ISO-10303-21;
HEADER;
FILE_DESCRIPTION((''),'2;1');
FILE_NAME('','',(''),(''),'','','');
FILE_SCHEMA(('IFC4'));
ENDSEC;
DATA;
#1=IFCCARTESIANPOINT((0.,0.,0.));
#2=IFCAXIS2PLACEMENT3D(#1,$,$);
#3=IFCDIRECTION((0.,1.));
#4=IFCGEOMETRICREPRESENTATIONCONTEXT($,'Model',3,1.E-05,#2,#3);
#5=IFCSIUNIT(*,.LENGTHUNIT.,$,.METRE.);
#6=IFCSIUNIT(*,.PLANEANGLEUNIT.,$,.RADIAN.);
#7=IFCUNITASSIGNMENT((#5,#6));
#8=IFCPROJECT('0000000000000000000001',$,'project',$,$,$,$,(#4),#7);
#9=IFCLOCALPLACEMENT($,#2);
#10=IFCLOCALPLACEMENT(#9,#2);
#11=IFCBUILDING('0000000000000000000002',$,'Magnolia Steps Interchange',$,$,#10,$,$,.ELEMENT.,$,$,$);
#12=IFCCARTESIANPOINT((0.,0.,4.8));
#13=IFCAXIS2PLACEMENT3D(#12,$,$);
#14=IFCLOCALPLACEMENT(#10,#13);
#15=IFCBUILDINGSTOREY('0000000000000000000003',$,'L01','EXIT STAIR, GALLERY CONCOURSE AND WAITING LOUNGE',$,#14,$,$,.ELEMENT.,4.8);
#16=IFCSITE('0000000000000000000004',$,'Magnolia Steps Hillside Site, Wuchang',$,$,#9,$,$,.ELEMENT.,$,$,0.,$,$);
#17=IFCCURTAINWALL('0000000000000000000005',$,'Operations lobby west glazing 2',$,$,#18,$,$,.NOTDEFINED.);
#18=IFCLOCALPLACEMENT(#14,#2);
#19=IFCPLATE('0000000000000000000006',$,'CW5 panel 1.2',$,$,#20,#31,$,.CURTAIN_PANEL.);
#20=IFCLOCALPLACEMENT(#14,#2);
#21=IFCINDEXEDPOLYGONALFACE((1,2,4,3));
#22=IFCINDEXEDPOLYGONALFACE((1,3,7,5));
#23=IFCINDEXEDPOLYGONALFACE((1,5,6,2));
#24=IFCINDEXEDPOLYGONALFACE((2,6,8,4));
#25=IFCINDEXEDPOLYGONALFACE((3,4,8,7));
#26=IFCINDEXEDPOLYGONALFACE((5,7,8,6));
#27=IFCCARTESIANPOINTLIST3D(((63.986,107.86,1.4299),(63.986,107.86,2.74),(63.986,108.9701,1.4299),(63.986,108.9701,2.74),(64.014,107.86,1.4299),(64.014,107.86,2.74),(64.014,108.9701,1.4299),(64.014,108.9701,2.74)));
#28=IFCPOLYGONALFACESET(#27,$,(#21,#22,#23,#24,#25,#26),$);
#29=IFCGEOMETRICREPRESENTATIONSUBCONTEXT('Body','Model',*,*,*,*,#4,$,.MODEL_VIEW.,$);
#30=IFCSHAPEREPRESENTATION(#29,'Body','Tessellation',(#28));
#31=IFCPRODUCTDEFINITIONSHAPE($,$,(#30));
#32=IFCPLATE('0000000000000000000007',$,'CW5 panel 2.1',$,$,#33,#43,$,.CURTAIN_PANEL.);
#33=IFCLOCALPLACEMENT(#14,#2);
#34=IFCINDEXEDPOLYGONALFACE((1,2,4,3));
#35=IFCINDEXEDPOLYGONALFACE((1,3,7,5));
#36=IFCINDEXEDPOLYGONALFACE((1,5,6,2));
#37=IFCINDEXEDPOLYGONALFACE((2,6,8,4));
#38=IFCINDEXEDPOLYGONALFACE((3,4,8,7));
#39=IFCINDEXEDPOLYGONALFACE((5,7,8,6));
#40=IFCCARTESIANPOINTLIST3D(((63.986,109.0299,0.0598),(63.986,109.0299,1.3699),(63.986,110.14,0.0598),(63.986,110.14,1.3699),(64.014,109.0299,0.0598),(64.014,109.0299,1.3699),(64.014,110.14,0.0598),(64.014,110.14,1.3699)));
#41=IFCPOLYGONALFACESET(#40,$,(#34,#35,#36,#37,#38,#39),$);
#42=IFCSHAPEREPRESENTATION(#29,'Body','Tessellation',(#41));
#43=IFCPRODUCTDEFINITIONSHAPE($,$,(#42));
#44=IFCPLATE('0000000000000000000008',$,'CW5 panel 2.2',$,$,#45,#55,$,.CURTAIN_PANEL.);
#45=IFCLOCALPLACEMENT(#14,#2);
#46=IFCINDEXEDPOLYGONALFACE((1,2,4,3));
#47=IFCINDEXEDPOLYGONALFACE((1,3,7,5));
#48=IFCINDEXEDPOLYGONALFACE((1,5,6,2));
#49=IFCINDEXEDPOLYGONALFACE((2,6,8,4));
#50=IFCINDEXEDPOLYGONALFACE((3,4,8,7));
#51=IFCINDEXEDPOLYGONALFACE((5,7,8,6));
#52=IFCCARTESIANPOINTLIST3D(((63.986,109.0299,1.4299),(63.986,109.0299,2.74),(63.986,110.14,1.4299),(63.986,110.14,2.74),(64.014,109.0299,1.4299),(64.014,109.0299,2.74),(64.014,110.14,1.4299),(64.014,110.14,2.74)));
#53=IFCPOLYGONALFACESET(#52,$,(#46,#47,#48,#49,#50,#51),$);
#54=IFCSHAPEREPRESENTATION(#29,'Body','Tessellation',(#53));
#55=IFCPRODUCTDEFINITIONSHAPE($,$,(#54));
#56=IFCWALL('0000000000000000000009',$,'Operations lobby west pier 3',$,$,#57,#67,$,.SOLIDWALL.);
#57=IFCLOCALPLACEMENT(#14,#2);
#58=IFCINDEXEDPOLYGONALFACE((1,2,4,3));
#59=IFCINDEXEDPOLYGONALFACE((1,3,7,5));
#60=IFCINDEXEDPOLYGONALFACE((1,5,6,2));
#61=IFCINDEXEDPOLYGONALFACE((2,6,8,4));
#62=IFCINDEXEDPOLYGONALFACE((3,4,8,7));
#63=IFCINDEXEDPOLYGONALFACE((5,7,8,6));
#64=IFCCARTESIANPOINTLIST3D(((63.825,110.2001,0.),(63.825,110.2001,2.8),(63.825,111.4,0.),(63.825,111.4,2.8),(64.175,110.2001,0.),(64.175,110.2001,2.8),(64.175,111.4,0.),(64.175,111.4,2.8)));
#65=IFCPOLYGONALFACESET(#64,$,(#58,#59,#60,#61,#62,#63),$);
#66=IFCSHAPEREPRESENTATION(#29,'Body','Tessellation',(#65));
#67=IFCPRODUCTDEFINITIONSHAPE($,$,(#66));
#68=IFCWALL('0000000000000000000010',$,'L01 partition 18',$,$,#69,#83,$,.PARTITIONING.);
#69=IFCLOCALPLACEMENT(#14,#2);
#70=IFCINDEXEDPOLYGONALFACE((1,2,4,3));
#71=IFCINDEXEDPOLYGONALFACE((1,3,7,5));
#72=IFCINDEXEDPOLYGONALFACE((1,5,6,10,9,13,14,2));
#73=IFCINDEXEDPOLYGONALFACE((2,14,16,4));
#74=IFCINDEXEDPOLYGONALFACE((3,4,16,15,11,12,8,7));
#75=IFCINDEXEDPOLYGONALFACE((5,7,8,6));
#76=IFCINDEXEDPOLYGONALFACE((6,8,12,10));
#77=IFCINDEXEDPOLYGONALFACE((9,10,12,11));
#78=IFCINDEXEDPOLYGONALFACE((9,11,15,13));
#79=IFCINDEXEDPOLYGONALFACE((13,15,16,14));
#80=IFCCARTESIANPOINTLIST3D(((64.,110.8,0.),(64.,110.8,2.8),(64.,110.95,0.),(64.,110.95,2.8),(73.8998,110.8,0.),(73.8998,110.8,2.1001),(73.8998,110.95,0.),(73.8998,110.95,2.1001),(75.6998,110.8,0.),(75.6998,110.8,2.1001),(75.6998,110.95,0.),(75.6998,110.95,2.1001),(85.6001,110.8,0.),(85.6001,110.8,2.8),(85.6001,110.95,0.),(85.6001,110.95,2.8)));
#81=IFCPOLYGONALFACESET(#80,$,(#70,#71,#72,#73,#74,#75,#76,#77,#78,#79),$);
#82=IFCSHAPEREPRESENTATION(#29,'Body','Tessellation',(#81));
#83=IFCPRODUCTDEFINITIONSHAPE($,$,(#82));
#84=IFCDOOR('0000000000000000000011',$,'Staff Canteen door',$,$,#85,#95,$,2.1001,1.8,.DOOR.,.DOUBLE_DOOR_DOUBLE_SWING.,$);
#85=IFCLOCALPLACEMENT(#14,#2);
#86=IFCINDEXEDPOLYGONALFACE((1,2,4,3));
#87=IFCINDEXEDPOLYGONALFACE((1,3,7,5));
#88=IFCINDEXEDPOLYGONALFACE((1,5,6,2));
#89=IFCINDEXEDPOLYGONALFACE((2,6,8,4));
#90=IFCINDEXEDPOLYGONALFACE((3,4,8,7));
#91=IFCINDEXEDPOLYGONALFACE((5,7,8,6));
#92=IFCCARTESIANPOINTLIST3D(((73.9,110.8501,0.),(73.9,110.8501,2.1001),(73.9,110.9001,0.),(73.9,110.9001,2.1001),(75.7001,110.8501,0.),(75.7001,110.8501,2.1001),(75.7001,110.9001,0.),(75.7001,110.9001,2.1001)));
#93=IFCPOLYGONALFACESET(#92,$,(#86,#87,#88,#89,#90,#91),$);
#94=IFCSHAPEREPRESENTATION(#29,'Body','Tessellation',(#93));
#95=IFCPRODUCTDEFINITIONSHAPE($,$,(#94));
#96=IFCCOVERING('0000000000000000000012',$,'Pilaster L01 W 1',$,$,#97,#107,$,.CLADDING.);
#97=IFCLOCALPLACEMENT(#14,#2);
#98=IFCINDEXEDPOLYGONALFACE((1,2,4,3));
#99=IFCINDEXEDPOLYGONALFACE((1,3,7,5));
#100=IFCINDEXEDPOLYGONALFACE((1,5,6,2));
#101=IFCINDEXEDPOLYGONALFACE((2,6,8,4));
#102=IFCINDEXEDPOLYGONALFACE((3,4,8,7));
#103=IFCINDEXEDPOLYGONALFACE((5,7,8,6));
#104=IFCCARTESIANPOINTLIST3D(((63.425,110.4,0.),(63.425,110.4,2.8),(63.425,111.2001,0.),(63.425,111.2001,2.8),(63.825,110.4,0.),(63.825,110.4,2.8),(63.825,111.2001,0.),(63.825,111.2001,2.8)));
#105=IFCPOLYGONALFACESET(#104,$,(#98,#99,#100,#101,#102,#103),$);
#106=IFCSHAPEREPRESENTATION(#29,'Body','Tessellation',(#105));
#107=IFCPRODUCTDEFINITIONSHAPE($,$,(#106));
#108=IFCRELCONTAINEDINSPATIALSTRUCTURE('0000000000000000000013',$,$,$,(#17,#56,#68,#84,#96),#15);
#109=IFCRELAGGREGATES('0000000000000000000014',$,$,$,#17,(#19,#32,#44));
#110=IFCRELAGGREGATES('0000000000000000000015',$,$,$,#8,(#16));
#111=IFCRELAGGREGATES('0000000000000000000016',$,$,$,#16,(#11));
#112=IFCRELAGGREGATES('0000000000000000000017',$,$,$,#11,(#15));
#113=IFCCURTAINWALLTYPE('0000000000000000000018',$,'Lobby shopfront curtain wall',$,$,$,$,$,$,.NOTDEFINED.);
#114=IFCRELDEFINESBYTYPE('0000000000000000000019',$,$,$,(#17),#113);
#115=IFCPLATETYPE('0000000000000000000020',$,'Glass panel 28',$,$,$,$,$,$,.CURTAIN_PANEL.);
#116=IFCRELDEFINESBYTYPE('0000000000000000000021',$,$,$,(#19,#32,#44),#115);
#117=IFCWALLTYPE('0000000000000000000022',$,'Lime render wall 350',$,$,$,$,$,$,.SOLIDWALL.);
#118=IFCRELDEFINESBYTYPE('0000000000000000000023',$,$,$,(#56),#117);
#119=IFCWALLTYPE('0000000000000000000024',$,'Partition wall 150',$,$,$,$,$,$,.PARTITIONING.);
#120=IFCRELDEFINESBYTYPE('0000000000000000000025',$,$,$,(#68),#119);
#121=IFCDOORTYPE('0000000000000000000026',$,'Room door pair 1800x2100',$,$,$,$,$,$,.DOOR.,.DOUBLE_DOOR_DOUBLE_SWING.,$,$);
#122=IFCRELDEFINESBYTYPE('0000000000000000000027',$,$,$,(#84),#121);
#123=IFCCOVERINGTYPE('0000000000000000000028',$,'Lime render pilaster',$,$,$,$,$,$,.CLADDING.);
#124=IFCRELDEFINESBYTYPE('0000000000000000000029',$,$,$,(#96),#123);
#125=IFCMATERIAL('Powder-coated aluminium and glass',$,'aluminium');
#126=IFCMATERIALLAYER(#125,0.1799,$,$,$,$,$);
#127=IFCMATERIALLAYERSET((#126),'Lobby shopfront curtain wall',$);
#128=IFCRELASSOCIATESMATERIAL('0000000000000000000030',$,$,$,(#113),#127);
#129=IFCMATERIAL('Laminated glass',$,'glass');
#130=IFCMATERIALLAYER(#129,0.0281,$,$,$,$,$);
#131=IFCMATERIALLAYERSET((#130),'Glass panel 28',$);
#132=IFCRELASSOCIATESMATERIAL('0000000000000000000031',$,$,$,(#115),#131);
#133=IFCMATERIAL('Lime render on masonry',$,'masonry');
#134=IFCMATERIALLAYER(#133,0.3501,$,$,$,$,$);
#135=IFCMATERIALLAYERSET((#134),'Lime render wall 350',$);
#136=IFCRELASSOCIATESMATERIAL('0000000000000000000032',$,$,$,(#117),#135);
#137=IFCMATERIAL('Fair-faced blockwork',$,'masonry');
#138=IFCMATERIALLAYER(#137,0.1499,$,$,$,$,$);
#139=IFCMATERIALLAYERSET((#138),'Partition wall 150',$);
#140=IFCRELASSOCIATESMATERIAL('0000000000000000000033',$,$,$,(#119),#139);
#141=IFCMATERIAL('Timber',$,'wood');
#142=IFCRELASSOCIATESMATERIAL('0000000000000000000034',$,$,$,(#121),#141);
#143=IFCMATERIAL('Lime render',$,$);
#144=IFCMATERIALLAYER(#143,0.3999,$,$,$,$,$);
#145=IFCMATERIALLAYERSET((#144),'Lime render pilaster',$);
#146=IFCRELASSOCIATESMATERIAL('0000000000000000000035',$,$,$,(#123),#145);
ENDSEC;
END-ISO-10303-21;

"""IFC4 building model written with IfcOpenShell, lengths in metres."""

from ifc_helpers import new_model, si_unit, direction, frame, frame_2d, origin, origin_2d, place, context, subcontext, project, spatial, rectangle, extrude, material, layer, layer_set, type_object, element, fill, aggregate, save


model = new_model("IFC4")

# Units and contexts
model_context = context("Model", 3, precision=1e-05, world=origin(), true_north=direction((0.0, 1.0)))
body_context = subcontext(model_context, "Body", "Model", "MODEL_VIEW")
ifc_project = project(units=[si_unit("LENGTHUNIT", "METRE"), si_unit("PLANEANGLEUNIT", "RADIAN")], contexts=[model_context])

# Site, building, storey
site_placement = place(None, origin())
site = spatial("IfcSite", under=ifc_project, at=site_placement, Name="Magnolia Steps Hillside Site, Wuchang", CompositionType="ELEMENT", RefElevation=0.0)
building_placement = place(site_placement, origin())
building = spatial("IfcBuilding", under=site, at=building_placement, Name="Magnolia Steps Interchange", CompositionType="ELEMENT")
storey_placement = place(building_placement, frame((0.0, 0.0, 4.8)))
storey = spatial("IfcBuildingStorey", under=building, at=storey_placement, Name="L01", Description="EXIT STAIR, GALLERY CONCOURSE AND WAITING LOUNGE", CompositionType="ELEMENT", Elevation=4.8)

# Curtain wall
ifc_material_1 = material(Name="Powder-coated aluminium and glass", Category="aluminium")
ifc_layer_1 = layer(ifc_material_1, 0.1799)
ifc_layer_set_1 = layer_set([ifc_layer_1], Name="Lobby shopfront curtain wall")
curtain_wall_type = type_object("IfcCurtainWallType", Name="Lobby shopfront curtain wall", PredefinedType="NOTDEFINED", material=ifc_layer_set_1)
curtain_wall_1_placement = place(storey_placement, origin())
curtain_wall_1 = element("IfcCurtainWall", 1, at=curtain_wall_1_placement, inside=storey, type_object=curtain_wall_type, Name="Operations lobby west glazing 2", PredefinedType="NOTDEFINED")

# Plates
ifc_material_2 = material(Name="Laminated glass", Category="glass")
ifc_layer_2 = layer(ifc_material_2, 0.0281)
ifc_layer_set_2 = layer_set([ifc_layer_2], Name="Glass panel 28")
plate_type = type_object("IfcPlateType", Name="Glass panel 28", PredefinedType="CURTAIN_PANEL", material=ifc_layer_set_2)
plate_1_placement = place(storey_placement, frame((64.0, 108.415, 1.4299), z_axis=(0.0, 0.0, 1.0), x_axis=(0.0, 1.0, 0.0)))
plate_1 = element("IfcPlate", 2, at=plate_1_placement, type_object=plate_type, Name="CW5 panel 1.2", PredefinedType="CURTAIN_PANEL", context=body_context, shape_type="SweptSolid", body=[
    extrude(rectangle(XDim=1.1101, YDim=0.0281, at=origin_2d()), origin(), (0.0, 0.0, 1.0), 1.3101),
])
plate_2_placement = place(storey_placement, frame((64.0, 109.585, 0.0598), z_axis=(0.0, 0.0, 1.0), x_axis=(0.0, 1.0, 0.0)))
plate_2 = element("IfcPlate", 3, at=plate_2_placement, type_object=plate_type, Name="CW5 panel 2.1", PredefinedType="CURTAIN_PANEL", context=body_context, shape_type="SweptSolid", body=[
    extrude(rectangle(XDim=1.1101, YDim=0.0281, at=origin_2d()), origin(), (0.0, 0.0, 1.0), 1.3101),
])
plate_3_placement = place(storey_placement, frame((64.0, 109.585, 1.4299), z_axis=(0.0, 0.0, 1.0), x_axis=(0.0, 1.0, 0.0)))
plate_3 = element("IfcPlate", 4, at=plate_3_placement, type_object=plate_type, Name="CW5 panel 2.2", PredefinedType="CURTAIN_PANEL", context=body_context, shape_type="SweptSolid", body=[
    extrude(rectangle(XDim=1.1101, YDim=0.0281, at=origin_2d()), origin(), (0.0, 0.0, 1.0), 1.3101),
])
aggregate(curtain_wall_1, [plate_1, plate_2, plate_3])

# Wall
ifc_material_3 = material(Name="Lime render on masonry", Category="masonry")
ifc_layer_3 = layer(ifc_material_3, 0.3501)
ifc_layer_set_3 = layer_set([ifc_layer_3], Name="Lime render wall 350")
wall_type_1 = type_object("IfcWallType", Name="Lime render wall 350", PredefinedType="SOLIDWALL", material=ifc_layer_set_3)
wall_1_placement = place(storey_placement, frame((64.0, 110.2, 0.0), z_axis=(0.0, 0.0, 1.0), x_axis=(0.0, 1.0, 0.0)))
element("IfcWall", 5, at=wall_1_placement, inside=storey, type_object=wall_type_1, Name="Operations lobby west pier 3", PredefinedType="SOLIDWALL", context=body_context, shape_type="SweptSolid", body=[
    extrude(rectangle(XDim=1.2, YDim=0.3501, at=frame_2d((0.6001, 0.0))), origin(), (0.0, 0.0, 1.0), 2.8),
])

# Wall, opening, door
ifc_material_4 = material(Name="Fair-faced blockwork", Category="masonry")
ifc_layer_4 = layer(ifc_material_4, 0.1499)
ifc_layer_set_4 = layer_set([ifc_layer_4], Name="Partition wall 150")
wall_type_2 = type_object("IfcWallType", Name="Partition wall 150", PredefinedType="PARTITIONING", material=ifc_layer_set_4)
wall_2_placement = place(storey_placement, frame((64.0, 110.875, 0.0), z_axis=(0.0, 0.0, 1.0), x_axis=(1.0, 0.0, 0.0)))
wall_2 = element("IfcWall", 6, at=wall_2_placement, inside=storey, type_object=wall_type_2, Name="L01 partition 18", PredefinedType="PARTITIONING", context=body_context, shape_type="SweptSolid", body=[
    extrude(rectangle(XDim=21.6001, YDim=0.1499, at=frame_2d((10.8, 0.0))), origin(), (0.0, 0.0, 1.0), 2.8),
])
opening_placement = place(wall_2_placement, frame((9.8999, 0.0, 0.0)))
opening = element("IfcOpeningElement", 7, at=opening_placement, cuts=wall_2, PredefinedType="OPENING", context=body_context, shape_type="SweptSolid", body=[
    extrude(rectangle(XDim=1.8, YDim=2.1001, at=frame_2d((0.8999, 1.05))), frame((0.0, 0.085, 0.0), z_axis=(0.0, -1.0, 0.0), x_axis=(1.0, 0.0, 0.0)), (0.0, 0.0, 1.0), 0.1699),
])
ifc_material_5 = material(Name="Timber", Category="wood")
door_type = type_object("IfcDoorType", Name="Room door pair 1800x2100", OperationType="DOUBLE_DOOR_DOUBLE_SWING", PredefinedType="DOOR", material=ifc_material_5)
door_placement = place(opening_placement, frame((1.8, 0.0, 0.0), z_axis=(0.0, 0.0, 1.0), x_axis=(-1.0, 0.0, 0.0)))
door = element("IfcDoor", 8, at=door_placement, inside=storey, type_object=door_type, Name="Staff Canteen door", OperationType="DOUBLE_DOOR_DOUBLE_SWING", OverallHeight=2.1001, OverallWidth=1.8, PredefinedType="DOOR", context=body_context, shape_type="SweptSolid", body=[
    extrude(rectangle(XDim=1.8, YDim=2.1001, at=frame_2d((0.8999, 1.05))), frame((0.0, 0.0249, 0.0), z_axis=(0.0, -1.0, 0.0), x_axis=(1.0, 0.0, 0.0)), (0.0, 0.0, 1.0), 0.05),
])
fill(opening, door)

# Covering
ifc_material_6 = material(Name="Lime render")
ifc_layer_5 = layer(ifc_material_6, 0.3999)
ifc_layer_set_5 = layer_set([ifc_layer_5], Name="Lime render pilaster")
covering_type_1 = type_object("IfcCoveringType", Name="Lime render pilaster", PredefinedType="CLADDING", material=ifc_layer_set_5)
covering_1_placement = place(storey_placement, frame((63.625, 110.8, 0.0), z_axis=(0.0, 0.0, 1.0), x_axis=(1.0, 0.0, 0.0)))
element("IfcCovering", 9, at=covering_1_placement, inside=storey, type_object=covering_type_1, Name="Pilaster L01 W 1", PredefinedType="CLADDING", context=body_context, shape_type="SweptSolid", body=[
    extrude(rectangle(XDim=0.3999, YDim=0.8, at=origin_2d()), origin(), (0.0, 0.0, 1.0), 2.8),
])

save(model, "model.ifc")
